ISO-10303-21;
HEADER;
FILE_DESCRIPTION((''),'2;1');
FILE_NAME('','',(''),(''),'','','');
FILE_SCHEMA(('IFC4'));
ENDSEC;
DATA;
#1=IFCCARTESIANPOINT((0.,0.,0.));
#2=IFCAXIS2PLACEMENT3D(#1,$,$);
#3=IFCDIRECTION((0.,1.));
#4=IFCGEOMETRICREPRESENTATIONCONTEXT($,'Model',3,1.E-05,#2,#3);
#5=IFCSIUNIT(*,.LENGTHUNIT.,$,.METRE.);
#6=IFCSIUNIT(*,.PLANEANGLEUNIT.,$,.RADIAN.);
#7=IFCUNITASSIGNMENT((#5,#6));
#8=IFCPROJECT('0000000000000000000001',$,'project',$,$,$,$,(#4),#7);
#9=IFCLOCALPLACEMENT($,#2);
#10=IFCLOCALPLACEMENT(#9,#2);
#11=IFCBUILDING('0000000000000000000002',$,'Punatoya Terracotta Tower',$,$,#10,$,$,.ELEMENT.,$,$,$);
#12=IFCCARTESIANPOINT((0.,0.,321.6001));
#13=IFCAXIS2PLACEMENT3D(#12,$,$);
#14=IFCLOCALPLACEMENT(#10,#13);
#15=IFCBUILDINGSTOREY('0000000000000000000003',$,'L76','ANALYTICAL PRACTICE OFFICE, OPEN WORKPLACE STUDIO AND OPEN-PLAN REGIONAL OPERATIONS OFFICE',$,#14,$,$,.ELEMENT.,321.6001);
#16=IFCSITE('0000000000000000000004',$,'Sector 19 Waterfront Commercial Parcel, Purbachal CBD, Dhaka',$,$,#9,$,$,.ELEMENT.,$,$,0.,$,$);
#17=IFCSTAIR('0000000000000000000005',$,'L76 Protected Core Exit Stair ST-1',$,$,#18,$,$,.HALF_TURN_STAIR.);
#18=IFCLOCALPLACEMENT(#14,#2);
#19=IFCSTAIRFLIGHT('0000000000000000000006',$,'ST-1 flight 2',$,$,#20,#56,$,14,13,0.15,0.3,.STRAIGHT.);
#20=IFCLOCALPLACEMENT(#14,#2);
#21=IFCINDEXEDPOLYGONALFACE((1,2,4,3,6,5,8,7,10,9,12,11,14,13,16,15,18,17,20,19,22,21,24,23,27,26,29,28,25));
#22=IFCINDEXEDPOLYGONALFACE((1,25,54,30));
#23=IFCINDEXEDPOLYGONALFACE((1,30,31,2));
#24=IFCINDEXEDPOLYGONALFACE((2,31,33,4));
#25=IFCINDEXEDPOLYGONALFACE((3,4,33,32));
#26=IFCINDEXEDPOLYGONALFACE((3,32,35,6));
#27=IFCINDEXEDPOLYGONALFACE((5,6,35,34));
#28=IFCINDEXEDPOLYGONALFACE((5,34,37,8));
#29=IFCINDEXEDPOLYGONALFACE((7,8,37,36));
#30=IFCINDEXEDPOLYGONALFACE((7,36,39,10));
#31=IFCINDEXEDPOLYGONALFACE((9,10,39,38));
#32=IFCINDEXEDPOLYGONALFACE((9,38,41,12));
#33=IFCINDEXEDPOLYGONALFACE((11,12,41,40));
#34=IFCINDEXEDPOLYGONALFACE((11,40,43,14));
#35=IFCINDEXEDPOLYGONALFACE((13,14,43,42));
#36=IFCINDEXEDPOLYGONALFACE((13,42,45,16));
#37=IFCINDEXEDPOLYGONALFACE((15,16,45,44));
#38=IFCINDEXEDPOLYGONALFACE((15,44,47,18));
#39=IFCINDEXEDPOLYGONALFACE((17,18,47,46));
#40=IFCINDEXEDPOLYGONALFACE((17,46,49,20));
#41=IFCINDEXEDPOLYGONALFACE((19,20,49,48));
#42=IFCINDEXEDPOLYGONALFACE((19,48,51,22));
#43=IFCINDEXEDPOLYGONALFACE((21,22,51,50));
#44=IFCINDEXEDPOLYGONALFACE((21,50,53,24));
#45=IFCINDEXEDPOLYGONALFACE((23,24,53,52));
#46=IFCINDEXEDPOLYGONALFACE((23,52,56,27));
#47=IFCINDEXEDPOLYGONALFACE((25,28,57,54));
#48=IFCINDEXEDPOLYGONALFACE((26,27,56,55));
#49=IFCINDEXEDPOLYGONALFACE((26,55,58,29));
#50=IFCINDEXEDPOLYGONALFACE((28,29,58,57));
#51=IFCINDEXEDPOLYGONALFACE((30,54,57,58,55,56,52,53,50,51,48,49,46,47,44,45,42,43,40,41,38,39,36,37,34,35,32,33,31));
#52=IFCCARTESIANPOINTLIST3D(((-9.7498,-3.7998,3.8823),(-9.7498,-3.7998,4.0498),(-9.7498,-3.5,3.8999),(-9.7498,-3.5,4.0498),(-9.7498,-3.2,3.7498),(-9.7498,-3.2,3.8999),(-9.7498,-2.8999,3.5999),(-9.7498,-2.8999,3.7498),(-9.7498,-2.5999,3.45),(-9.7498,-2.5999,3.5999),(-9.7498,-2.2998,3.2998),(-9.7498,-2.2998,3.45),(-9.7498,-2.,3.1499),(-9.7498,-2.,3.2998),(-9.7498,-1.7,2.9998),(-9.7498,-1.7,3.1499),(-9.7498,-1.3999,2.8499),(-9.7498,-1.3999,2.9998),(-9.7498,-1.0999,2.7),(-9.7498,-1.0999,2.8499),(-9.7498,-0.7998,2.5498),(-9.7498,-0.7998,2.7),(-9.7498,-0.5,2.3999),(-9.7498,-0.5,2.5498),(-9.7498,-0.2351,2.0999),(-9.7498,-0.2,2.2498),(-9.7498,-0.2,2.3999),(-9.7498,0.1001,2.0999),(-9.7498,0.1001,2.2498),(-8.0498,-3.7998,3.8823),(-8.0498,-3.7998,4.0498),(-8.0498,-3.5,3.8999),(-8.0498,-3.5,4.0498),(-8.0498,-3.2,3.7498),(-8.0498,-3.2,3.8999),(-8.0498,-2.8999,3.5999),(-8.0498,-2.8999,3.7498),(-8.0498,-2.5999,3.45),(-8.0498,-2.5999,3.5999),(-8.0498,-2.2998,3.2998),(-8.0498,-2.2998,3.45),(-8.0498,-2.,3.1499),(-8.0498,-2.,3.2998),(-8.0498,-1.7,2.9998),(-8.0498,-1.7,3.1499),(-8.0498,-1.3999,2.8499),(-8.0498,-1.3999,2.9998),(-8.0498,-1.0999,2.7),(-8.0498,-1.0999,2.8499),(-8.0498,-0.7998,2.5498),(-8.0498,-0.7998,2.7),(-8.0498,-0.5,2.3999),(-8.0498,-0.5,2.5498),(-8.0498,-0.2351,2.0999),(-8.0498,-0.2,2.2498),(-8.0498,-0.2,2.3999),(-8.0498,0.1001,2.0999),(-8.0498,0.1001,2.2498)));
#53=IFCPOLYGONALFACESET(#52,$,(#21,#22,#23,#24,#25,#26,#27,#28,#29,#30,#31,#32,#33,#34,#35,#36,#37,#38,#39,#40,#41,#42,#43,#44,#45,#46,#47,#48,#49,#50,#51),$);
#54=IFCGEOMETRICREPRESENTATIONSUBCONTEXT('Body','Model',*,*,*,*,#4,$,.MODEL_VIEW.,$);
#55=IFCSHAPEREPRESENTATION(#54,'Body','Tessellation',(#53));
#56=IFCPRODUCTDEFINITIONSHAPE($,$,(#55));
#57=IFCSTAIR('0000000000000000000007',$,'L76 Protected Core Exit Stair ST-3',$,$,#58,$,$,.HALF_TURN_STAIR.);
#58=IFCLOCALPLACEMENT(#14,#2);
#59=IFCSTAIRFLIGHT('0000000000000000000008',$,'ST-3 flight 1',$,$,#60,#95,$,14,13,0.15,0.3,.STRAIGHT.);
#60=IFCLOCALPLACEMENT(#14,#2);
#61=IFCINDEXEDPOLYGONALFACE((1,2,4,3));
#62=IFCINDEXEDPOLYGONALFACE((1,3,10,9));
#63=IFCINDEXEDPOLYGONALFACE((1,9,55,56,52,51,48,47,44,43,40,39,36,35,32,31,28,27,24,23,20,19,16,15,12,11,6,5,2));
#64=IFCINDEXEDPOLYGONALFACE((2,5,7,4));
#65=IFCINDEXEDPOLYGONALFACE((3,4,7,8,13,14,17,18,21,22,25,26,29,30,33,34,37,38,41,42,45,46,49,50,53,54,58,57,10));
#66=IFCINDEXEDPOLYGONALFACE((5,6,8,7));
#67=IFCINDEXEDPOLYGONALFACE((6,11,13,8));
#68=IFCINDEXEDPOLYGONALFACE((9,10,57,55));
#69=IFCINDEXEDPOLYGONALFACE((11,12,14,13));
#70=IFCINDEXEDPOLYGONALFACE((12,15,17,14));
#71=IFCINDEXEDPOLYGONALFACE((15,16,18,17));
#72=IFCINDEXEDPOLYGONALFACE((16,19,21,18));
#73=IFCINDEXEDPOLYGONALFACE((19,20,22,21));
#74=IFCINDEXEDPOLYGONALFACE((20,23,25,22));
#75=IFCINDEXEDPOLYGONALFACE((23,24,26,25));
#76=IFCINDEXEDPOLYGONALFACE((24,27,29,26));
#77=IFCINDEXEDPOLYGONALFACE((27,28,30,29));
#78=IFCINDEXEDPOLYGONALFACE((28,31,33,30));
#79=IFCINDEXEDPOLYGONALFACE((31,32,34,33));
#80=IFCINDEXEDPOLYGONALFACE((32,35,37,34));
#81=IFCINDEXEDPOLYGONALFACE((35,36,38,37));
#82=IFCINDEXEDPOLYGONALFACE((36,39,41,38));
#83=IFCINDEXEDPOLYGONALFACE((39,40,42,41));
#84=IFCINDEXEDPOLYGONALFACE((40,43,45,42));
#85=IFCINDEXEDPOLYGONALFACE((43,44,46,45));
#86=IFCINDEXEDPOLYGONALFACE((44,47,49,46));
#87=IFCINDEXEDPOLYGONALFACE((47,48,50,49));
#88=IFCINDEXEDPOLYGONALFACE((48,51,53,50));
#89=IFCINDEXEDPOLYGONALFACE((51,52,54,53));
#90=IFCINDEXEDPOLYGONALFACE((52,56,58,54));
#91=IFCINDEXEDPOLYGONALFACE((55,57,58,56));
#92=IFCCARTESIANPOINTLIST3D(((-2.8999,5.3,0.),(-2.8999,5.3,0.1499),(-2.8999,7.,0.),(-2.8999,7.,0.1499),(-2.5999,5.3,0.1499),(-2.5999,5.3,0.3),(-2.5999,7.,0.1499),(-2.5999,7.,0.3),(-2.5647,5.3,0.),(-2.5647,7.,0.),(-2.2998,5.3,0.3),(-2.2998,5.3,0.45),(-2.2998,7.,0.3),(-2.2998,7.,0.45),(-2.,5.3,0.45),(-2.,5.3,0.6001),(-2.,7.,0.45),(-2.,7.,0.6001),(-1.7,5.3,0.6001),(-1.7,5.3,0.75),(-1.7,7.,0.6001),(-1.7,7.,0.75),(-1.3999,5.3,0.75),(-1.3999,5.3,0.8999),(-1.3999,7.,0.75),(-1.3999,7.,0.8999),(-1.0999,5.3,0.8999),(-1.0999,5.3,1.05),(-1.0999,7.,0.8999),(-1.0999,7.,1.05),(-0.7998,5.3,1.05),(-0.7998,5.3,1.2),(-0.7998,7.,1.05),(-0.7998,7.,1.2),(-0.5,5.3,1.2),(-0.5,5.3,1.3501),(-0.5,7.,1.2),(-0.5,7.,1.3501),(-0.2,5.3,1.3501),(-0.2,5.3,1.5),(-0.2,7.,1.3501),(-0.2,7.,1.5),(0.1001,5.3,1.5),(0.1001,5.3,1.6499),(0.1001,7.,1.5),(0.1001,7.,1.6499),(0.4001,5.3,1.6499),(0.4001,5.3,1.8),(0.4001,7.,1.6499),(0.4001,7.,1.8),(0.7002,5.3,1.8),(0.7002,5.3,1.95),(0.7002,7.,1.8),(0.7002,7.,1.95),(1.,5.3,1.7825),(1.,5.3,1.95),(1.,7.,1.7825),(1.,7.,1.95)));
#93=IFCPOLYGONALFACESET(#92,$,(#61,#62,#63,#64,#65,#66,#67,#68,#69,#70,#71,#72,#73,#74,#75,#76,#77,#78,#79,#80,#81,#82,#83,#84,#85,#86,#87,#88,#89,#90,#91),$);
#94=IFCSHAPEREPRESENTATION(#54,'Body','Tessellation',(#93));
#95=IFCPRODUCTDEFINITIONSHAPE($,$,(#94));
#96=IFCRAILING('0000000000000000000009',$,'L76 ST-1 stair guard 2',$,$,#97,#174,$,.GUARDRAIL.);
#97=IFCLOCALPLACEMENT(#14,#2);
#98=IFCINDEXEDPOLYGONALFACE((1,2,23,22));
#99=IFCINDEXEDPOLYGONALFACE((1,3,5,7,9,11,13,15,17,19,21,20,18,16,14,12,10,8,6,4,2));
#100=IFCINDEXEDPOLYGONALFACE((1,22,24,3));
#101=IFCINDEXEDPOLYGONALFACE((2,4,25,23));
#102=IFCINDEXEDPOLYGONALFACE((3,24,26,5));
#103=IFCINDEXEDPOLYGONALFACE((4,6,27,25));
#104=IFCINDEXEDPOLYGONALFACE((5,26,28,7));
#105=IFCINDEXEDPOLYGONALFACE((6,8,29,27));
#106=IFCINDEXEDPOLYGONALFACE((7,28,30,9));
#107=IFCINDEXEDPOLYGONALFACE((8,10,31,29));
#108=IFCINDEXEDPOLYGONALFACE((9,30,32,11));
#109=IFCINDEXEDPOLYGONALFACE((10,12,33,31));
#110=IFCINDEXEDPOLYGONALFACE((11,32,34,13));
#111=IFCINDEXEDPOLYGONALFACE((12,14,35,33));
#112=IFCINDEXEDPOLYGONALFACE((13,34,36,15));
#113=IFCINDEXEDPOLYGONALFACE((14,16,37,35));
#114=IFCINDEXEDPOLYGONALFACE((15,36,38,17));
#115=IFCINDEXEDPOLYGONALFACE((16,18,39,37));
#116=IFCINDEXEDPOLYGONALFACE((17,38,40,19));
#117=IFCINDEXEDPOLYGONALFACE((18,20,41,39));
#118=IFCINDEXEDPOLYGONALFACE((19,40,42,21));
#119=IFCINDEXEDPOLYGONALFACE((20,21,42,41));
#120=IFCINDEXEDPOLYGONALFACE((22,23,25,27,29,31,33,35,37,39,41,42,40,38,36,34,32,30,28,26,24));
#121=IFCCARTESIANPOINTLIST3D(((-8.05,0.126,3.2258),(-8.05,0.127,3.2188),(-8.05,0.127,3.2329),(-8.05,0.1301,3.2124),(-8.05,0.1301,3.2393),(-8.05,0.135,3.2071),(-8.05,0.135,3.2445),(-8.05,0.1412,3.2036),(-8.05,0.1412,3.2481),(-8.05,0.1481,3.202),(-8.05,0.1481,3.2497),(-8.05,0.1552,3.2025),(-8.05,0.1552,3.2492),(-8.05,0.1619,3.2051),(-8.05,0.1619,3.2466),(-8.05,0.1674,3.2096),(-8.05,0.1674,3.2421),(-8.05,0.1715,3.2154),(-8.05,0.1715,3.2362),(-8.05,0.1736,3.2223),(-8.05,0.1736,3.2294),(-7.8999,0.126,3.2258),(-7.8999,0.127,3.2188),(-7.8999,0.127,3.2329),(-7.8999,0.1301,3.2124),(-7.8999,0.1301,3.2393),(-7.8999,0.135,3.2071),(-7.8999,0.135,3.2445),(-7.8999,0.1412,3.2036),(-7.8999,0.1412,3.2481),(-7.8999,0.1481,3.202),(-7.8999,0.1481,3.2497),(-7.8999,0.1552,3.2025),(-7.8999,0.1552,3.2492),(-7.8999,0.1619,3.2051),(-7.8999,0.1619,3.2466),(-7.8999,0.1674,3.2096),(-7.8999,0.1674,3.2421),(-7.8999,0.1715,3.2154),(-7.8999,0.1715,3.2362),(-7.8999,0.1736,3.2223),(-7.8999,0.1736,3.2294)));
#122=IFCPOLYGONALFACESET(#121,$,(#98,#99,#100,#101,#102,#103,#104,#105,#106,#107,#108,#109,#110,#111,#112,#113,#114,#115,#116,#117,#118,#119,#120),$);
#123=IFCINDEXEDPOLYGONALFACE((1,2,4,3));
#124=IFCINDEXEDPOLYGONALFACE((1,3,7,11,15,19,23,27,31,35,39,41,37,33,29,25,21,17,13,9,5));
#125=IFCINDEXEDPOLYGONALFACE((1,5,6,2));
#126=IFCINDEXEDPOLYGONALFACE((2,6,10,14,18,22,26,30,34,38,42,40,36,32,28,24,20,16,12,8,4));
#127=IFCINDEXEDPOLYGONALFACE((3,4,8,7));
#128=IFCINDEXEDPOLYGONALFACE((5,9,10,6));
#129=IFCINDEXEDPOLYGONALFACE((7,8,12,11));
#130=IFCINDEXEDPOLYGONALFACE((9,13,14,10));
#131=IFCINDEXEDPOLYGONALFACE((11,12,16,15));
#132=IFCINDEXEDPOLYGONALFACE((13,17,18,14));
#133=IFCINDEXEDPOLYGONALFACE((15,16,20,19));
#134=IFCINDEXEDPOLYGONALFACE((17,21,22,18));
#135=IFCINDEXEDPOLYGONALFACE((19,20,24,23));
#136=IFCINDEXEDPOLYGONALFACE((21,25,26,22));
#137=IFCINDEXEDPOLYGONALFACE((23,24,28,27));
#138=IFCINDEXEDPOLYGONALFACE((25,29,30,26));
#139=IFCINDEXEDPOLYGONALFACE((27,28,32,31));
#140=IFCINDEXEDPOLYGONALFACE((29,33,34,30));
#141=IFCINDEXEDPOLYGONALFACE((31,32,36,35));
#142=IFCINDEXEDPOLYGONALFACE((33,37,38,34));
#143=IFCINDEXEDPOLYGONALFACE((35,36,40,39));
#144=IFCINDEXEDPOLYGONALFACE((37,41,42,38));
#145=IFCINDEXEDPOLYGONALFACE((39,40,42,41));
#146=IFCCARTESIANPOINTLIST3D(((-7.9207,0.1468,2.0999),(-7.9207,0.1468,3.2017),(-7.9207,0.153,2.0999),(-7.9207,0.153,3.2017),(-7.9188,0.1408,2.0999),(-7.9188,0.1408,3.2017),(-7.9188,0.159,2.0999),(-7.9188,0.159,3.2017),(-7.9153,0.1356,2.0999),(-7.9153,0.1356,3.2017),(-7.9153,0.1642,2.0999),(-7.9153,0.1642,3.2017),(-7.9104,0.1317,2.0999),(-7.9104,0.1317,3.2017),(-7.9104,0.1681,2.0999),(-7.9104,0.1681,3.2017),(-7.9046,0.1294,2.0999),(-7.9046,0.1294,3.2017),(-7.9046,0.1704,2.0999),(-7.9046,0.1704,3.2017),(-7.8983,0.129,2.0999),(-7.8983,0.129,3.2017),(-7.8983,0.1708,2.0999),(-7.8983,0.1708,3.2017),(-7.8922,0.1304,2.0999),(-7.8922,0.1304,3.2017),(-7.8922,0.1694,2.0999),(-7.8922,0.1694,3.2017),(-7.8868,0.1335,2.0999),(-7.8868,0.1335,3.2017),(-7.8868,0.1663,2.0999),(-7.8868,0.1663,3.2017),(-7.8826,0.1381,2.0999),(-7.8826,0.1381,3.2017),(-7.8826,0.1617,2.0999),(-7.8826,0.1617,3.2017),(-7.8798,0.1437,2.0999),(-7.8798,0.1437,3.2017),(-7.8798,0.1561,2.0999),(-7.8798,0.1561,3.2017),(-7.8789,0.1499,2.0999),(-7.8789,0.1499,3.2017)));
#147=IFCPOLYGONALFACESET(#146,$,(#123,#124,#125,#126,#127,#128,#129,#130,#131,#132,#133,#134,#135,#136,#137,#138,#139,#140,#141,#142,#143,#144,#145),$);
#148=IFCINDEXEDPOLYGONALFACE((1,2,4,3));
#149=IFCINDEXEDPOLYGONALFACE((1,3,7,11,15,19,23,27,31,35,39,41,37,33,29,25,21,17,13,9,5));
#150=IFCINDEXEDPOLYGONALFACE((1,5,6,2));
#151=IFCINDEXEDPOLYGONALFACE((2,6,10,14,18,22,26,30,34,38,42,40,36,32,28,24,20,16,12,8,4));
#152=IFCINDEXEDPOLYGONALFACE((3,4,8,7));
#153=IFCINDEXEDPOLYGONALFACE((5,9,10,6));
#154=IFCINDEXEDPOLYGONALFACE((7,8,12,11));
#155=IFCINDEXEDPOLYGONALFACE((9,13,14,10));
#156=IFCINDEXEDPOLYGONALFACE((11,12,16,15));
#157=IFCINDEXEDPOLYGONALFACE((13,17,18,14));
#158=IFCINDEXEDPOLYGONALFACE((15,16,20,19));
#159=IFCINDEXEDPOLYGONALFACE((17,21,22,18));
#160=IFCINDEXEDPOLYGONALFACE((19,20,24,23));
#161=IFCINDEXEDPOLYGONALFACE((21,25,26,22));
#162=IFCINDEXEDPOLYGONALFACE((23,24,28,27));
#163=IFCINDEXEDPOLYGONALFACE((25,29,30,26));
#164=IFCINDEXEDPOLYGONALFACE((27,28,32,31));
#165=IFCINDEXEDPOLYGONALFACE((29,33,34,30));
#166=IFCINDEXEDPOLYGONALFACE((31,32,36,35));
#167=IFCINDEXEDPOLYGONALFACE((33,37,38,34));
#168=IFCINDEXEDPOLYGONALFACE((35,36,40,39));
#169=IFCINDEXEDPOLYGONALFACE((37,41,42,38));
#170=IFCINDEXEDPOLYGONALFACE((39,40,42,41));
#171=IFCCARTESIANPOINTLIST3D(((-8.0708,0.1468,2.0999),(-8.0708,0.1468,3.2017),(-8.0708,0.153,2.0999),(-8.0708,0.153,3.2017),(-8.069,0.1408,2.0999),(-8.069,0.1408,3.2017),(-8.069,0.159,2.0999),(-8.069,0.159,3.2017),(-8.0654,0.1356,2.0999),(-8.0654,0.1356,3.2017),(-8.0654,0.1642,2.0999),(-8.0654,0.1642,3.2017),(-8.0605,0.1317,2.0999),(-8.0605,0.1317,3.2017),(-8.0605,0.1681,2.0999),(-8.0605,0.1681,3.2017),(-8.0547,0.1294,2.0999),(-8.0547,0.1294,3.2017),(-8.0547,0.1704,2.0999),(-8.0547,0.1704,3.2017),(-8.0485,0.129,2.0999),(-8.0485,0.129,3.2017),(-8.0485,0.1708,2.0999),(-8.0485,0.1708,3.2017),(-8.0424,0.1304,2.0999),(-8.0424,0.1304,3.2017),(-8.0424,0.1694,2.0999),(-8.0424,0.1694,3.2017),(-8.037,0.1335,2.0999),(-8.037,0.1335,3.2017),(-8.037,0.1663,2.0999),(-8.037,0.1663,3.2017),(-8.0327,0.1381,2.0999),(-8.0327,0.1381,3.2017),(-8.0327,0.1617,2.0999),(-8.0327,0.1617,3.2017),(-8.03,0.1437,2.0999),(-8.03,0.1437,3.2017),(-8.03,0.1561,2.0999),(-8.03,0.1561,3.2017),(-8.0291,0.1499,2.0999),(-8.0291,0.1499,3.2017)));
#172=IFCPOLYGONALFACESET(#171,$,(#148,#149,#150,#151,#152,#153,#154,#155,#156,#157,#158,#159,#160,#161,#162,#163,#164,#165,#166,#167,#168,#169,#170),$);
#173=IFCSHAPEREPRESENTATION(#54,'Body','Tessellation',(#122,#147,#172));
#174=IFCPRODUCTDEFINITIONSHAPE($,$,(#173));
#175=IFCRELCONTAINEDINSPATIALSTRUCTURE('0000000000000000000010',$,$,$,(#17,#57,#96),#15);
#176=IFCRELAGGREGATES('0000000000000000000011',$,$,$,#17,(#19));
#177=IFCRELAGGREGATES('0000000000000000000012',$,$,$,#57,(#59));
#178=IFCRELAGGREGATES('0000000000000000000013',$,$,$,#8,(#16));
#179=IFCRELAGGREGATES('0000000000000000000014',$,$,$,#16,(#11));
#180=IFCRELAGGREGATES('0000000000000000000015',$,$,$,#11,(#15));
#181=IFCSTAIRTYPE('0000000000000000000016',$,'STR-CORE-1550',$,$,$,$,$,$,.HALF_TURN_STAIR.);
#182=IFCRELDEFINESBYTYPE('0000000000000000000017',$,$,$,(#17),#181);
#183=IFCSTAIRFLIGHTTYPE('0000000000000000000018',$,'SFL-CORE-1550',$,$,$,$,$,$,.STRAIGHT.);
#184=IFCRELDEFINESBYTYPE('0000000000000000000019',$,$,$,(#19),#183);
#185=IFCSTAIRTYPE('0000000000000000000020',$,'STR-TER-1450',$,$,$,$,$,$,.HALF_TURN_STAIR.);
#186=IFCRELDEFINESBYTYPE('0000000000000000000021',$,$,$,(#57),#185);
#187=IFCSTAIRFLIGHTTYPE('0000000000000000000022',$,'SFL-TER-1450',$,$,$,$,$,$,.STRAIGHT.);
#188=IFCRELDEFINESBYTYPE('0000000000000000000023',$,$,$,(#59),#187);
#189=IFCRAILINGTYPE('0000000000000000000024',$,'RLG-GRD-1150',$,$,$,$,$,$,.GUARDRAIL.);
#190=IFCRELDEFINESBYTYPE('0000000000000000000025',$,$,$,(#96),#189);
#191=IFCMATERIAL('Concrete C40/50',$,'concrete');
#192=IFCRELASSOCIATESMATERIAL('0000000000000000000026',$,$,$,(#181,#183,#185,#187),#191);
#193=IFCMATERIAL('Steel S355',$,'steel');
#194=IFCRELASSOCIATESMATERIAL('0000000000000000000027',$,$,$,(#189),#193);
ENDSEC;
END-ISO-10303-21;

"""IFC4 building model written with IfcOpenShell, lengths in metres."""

from ifc_helpers import new_model, si_unit, direction, frame, origin, origin_2d, place, context, subcontext, project, spatial, polyline, circle, outline, extrude, material, type_object, element, aggregate, save


model = new_model("IFC4")

# Units and contexts
model_context = context("Model", 3, precision=1e-05, world=origin(), true_north=direction((0.0, 1.0)))
body_context = subcontext(model_context, "Body", "Model", "MODEL_VIEW")
ifc_project = project(units=[si_unit("LENGTHUNIT", "METRE"), si_unit("PLANEANGLEUNIT", "RADIAN")], contexts=[model_context])

# Site, building, storey
site_placement = place(None, origin())
site = spatial("IfcSite", under=ifc_project, at=site_placement, Name="Sector 19 Waterfront Commercial Parcel, Purbachal CBD, Dhaka", CompositionType="ELEMENT", RefElevation=0.0)
building_placement = place(site_placement, origin())
building = spatial("IfcBuilding", under=site, at=building_placement, Name="Punatoya Terracotta Tower", CompositionType="ELEMENT")
storey_placement = place(building_placement, frame((0.0, 0.0, 321.6001)))
storey = spatial("IfcBuildingStorey", under=building, at=storey_placement, Name="L76", Description="ANALYTICAL PRACTICE OFFICE, OPEN WORKPLACE STUDIO AND OPEN-PLAN REGIONAL OPERATIONS OFFICE", CompositionType="ELEMENT", Elevation=321.6001)

# Shared definitions
ifc_material_1 = material(Name="Steel S355", Category="steel")

# Shared definitions
ifc_material_2 = material(Name="Concrete C40/50", Category="concrete")

# Stairs, stair flights
stair_type_1 = type_object("IfcStairType", Name="STR-CORE-1550", PredefinedType="HALF_TURN_STAIR", material=ifc_material_2)
stair_1_placement = place(storey_placement, origin())
stair_1 = element("IfcStair", 1, at=stair_1_placement, inside=storey, type_object=stair_type_1, Name="L76 Protected Core Exit Stair ST-1", PredefinedType="HALF_TURN_STAIR")
stair_flight_type_1 = type_object("IfcStairFlightType", Name="SFL-CORE-1550", PredefinedType="STRAIGHT", material=ifc_material_2)
stair_flight_1_placement = place(storey_placement, frame((-8.8999, 0.1001, 2.0999), z_axis=(0.0, 0.0, 1.0), x_axis=(0.0, -1.0, 0.0)))
stair_flight_1 = element("IfcStairFlight", 2, at=stair_flight_1_placement, type_object=stair_flight_type_1, Name="ST-1 flight 2", NumberOfRisers=14, NumberOfTreads=13, PredefinedType="STRAIGHT", RiserHeight=0.15, TreadLength=0.3, context=body_context, shape_type="SweptSolid", body=[
    extrude(outline(polyline([(0.0, 0.0), (0.0, 0.1499), (0.3, 0.1499), (0.3, 0.3), (0.6001, 0.3), (0.6001, 0.45), (0.8999, 0.45), (0.8999, 0.6001), (1.2, 0.6001), (1.2, 0.75), (1.5, 0.75), (1.5, 0.8999), (1.8, 0.8999), (1.8, 1.05), (2.1001, 1.05), (2.1001, 1.2), (2.3999, 1.2), (2.3999, 1.3501), (2.7, 1.3501), (2.7, 1.5), (3.0, 1.5), (3.0, 1.6499), (3.3, 1.6499), (3.3, 1.8), (3.6001, 1.8), (3.6001, 1.95), (3.8999, 1.95), (3.8999, 2.1001), (3.8999, 1.7825), (0.3352, 0.0), (0.0, 0.0)])), frame((0.0, 0.8501, 0.0), z_axis=(0.0, -1.0, 0.0), x_axis=(1.0, 0.0, 0.0)), (0.0, 0.0, 1.0), 1.7),
])
aggregate(stair_1, [stair_flight_1])
stair_type_2 = type_object("IfcStairType", Name="STR-TER-1450", PredefinedType="HALF_TURN_STAIR", material=ifc_material_2)
stair_2_placement = place(storey_placement, origin())
stair_2 = element("IfcStair", 3, at=stair_2_placement, inside=storey, type_object=stair_type_2, Name="L76 Protected Core Exit Stair ST-3", PredefinedType="HALF_TURN_STAIR")
stair_flight_type_2 = type_object("IfcStairFlightType", Name="SFL-TER-1450", PredefinedType="STRAIGHT", material=ifc_material_2)
stair_flight_2_placement = place(storey_placement, frame((-2.8999, 6.1499, 0.0), z_axis=(0.0, 0.0, 1.0), x_axis=(1.0, 0.0, 0.0)))
stair_flight_2 = element("IfcStairFlight", 4, at=stair_flight_2_placement, type_object=stair_flight_type_2, Name="ST-3 flight 1", NumberOfRisers=14, NumberOfTreads=13, PredefinedType="STRAIGHT", RiserHeight=0.15, TreadLength=0.3, context=body_context, shape_type="SweptSolid", body=[
    extrude(outline(polyline([(0.0, 0.0), (0.0, 0.1499), (0.3, 0.1499), (0.3, 0.3), (0.6001, 0.3), (0.6001, 0.45), (0.8999, 0.45), (0.8999, 0.6001), (1.2, 0.6001), (1.2, 0.75), (1.5, 0.75), (1.5, 0.8999), (1.8, 0.8999), (1.8, 1.05), (2.1001, 1.05), (2.1001, 1.2), (2.3999, 1.2), (2.3999, 1.3501), (2.7, 1.3501), (2.7, 1.5), (3.0, 1.5), (3.0, 1.6499), (3.3, 1.6499), (3.3, 1.8), (3.6001, 1.8), (3.6001, 1.95), (3.8999, 1.95), (3.8999, 2.1001), (3.8999, 1.7825), (0.3352, 0.0), (0.0, 0.0)])), frame((0.0, 0.8501, 0.0), z_axis=(0.0, -1.0, 0.0), x_axis=(1.0, 0.0, 0.0)), (0.0, 0.0, 1.0), 1.7),
])
aggregate(stair_2, [stair_flight_2])

# Railing
railing_type_1 = type_object("IfcRailingType", Name="RLG-GRD-1150", PredefinedType="GUARDRAIL", material=ifc_material_1)
railing_1_placement = place(storey_placement, frame((-7.8999, 0.1499, 2.0999)))
element("IfcRailing", 5, at=railing_1_placement, inside=storey, type_object=railing_type_1, Name="L76 ST-1 stair guard 2", PredefinedType="GUARDRAIL", context=body_context, shape_type="SweptSolid", body=[
    extrude(circle(Radius=0.0239, at=origin_2d()), frame((0.0, 0.0, 1.126), z_axis=(-1.0, 0.0, 0.0), x_axis=(0.0, -1.0, 0.0)), (0.0, 0.0, 1.0), 0.1501),
    extrude(circle(Radius=0.021, at=origin_2d()), origin(), (0.0, 0.0, 1.0), 1.1018),
    extrude(circle(Radius=0.021, at=origin_2d()), frame((-0.1501, 0.0, 0.0)), (0.0, 0.0, 1.0), 1.1018),
])

save(model, "model.ifc")
